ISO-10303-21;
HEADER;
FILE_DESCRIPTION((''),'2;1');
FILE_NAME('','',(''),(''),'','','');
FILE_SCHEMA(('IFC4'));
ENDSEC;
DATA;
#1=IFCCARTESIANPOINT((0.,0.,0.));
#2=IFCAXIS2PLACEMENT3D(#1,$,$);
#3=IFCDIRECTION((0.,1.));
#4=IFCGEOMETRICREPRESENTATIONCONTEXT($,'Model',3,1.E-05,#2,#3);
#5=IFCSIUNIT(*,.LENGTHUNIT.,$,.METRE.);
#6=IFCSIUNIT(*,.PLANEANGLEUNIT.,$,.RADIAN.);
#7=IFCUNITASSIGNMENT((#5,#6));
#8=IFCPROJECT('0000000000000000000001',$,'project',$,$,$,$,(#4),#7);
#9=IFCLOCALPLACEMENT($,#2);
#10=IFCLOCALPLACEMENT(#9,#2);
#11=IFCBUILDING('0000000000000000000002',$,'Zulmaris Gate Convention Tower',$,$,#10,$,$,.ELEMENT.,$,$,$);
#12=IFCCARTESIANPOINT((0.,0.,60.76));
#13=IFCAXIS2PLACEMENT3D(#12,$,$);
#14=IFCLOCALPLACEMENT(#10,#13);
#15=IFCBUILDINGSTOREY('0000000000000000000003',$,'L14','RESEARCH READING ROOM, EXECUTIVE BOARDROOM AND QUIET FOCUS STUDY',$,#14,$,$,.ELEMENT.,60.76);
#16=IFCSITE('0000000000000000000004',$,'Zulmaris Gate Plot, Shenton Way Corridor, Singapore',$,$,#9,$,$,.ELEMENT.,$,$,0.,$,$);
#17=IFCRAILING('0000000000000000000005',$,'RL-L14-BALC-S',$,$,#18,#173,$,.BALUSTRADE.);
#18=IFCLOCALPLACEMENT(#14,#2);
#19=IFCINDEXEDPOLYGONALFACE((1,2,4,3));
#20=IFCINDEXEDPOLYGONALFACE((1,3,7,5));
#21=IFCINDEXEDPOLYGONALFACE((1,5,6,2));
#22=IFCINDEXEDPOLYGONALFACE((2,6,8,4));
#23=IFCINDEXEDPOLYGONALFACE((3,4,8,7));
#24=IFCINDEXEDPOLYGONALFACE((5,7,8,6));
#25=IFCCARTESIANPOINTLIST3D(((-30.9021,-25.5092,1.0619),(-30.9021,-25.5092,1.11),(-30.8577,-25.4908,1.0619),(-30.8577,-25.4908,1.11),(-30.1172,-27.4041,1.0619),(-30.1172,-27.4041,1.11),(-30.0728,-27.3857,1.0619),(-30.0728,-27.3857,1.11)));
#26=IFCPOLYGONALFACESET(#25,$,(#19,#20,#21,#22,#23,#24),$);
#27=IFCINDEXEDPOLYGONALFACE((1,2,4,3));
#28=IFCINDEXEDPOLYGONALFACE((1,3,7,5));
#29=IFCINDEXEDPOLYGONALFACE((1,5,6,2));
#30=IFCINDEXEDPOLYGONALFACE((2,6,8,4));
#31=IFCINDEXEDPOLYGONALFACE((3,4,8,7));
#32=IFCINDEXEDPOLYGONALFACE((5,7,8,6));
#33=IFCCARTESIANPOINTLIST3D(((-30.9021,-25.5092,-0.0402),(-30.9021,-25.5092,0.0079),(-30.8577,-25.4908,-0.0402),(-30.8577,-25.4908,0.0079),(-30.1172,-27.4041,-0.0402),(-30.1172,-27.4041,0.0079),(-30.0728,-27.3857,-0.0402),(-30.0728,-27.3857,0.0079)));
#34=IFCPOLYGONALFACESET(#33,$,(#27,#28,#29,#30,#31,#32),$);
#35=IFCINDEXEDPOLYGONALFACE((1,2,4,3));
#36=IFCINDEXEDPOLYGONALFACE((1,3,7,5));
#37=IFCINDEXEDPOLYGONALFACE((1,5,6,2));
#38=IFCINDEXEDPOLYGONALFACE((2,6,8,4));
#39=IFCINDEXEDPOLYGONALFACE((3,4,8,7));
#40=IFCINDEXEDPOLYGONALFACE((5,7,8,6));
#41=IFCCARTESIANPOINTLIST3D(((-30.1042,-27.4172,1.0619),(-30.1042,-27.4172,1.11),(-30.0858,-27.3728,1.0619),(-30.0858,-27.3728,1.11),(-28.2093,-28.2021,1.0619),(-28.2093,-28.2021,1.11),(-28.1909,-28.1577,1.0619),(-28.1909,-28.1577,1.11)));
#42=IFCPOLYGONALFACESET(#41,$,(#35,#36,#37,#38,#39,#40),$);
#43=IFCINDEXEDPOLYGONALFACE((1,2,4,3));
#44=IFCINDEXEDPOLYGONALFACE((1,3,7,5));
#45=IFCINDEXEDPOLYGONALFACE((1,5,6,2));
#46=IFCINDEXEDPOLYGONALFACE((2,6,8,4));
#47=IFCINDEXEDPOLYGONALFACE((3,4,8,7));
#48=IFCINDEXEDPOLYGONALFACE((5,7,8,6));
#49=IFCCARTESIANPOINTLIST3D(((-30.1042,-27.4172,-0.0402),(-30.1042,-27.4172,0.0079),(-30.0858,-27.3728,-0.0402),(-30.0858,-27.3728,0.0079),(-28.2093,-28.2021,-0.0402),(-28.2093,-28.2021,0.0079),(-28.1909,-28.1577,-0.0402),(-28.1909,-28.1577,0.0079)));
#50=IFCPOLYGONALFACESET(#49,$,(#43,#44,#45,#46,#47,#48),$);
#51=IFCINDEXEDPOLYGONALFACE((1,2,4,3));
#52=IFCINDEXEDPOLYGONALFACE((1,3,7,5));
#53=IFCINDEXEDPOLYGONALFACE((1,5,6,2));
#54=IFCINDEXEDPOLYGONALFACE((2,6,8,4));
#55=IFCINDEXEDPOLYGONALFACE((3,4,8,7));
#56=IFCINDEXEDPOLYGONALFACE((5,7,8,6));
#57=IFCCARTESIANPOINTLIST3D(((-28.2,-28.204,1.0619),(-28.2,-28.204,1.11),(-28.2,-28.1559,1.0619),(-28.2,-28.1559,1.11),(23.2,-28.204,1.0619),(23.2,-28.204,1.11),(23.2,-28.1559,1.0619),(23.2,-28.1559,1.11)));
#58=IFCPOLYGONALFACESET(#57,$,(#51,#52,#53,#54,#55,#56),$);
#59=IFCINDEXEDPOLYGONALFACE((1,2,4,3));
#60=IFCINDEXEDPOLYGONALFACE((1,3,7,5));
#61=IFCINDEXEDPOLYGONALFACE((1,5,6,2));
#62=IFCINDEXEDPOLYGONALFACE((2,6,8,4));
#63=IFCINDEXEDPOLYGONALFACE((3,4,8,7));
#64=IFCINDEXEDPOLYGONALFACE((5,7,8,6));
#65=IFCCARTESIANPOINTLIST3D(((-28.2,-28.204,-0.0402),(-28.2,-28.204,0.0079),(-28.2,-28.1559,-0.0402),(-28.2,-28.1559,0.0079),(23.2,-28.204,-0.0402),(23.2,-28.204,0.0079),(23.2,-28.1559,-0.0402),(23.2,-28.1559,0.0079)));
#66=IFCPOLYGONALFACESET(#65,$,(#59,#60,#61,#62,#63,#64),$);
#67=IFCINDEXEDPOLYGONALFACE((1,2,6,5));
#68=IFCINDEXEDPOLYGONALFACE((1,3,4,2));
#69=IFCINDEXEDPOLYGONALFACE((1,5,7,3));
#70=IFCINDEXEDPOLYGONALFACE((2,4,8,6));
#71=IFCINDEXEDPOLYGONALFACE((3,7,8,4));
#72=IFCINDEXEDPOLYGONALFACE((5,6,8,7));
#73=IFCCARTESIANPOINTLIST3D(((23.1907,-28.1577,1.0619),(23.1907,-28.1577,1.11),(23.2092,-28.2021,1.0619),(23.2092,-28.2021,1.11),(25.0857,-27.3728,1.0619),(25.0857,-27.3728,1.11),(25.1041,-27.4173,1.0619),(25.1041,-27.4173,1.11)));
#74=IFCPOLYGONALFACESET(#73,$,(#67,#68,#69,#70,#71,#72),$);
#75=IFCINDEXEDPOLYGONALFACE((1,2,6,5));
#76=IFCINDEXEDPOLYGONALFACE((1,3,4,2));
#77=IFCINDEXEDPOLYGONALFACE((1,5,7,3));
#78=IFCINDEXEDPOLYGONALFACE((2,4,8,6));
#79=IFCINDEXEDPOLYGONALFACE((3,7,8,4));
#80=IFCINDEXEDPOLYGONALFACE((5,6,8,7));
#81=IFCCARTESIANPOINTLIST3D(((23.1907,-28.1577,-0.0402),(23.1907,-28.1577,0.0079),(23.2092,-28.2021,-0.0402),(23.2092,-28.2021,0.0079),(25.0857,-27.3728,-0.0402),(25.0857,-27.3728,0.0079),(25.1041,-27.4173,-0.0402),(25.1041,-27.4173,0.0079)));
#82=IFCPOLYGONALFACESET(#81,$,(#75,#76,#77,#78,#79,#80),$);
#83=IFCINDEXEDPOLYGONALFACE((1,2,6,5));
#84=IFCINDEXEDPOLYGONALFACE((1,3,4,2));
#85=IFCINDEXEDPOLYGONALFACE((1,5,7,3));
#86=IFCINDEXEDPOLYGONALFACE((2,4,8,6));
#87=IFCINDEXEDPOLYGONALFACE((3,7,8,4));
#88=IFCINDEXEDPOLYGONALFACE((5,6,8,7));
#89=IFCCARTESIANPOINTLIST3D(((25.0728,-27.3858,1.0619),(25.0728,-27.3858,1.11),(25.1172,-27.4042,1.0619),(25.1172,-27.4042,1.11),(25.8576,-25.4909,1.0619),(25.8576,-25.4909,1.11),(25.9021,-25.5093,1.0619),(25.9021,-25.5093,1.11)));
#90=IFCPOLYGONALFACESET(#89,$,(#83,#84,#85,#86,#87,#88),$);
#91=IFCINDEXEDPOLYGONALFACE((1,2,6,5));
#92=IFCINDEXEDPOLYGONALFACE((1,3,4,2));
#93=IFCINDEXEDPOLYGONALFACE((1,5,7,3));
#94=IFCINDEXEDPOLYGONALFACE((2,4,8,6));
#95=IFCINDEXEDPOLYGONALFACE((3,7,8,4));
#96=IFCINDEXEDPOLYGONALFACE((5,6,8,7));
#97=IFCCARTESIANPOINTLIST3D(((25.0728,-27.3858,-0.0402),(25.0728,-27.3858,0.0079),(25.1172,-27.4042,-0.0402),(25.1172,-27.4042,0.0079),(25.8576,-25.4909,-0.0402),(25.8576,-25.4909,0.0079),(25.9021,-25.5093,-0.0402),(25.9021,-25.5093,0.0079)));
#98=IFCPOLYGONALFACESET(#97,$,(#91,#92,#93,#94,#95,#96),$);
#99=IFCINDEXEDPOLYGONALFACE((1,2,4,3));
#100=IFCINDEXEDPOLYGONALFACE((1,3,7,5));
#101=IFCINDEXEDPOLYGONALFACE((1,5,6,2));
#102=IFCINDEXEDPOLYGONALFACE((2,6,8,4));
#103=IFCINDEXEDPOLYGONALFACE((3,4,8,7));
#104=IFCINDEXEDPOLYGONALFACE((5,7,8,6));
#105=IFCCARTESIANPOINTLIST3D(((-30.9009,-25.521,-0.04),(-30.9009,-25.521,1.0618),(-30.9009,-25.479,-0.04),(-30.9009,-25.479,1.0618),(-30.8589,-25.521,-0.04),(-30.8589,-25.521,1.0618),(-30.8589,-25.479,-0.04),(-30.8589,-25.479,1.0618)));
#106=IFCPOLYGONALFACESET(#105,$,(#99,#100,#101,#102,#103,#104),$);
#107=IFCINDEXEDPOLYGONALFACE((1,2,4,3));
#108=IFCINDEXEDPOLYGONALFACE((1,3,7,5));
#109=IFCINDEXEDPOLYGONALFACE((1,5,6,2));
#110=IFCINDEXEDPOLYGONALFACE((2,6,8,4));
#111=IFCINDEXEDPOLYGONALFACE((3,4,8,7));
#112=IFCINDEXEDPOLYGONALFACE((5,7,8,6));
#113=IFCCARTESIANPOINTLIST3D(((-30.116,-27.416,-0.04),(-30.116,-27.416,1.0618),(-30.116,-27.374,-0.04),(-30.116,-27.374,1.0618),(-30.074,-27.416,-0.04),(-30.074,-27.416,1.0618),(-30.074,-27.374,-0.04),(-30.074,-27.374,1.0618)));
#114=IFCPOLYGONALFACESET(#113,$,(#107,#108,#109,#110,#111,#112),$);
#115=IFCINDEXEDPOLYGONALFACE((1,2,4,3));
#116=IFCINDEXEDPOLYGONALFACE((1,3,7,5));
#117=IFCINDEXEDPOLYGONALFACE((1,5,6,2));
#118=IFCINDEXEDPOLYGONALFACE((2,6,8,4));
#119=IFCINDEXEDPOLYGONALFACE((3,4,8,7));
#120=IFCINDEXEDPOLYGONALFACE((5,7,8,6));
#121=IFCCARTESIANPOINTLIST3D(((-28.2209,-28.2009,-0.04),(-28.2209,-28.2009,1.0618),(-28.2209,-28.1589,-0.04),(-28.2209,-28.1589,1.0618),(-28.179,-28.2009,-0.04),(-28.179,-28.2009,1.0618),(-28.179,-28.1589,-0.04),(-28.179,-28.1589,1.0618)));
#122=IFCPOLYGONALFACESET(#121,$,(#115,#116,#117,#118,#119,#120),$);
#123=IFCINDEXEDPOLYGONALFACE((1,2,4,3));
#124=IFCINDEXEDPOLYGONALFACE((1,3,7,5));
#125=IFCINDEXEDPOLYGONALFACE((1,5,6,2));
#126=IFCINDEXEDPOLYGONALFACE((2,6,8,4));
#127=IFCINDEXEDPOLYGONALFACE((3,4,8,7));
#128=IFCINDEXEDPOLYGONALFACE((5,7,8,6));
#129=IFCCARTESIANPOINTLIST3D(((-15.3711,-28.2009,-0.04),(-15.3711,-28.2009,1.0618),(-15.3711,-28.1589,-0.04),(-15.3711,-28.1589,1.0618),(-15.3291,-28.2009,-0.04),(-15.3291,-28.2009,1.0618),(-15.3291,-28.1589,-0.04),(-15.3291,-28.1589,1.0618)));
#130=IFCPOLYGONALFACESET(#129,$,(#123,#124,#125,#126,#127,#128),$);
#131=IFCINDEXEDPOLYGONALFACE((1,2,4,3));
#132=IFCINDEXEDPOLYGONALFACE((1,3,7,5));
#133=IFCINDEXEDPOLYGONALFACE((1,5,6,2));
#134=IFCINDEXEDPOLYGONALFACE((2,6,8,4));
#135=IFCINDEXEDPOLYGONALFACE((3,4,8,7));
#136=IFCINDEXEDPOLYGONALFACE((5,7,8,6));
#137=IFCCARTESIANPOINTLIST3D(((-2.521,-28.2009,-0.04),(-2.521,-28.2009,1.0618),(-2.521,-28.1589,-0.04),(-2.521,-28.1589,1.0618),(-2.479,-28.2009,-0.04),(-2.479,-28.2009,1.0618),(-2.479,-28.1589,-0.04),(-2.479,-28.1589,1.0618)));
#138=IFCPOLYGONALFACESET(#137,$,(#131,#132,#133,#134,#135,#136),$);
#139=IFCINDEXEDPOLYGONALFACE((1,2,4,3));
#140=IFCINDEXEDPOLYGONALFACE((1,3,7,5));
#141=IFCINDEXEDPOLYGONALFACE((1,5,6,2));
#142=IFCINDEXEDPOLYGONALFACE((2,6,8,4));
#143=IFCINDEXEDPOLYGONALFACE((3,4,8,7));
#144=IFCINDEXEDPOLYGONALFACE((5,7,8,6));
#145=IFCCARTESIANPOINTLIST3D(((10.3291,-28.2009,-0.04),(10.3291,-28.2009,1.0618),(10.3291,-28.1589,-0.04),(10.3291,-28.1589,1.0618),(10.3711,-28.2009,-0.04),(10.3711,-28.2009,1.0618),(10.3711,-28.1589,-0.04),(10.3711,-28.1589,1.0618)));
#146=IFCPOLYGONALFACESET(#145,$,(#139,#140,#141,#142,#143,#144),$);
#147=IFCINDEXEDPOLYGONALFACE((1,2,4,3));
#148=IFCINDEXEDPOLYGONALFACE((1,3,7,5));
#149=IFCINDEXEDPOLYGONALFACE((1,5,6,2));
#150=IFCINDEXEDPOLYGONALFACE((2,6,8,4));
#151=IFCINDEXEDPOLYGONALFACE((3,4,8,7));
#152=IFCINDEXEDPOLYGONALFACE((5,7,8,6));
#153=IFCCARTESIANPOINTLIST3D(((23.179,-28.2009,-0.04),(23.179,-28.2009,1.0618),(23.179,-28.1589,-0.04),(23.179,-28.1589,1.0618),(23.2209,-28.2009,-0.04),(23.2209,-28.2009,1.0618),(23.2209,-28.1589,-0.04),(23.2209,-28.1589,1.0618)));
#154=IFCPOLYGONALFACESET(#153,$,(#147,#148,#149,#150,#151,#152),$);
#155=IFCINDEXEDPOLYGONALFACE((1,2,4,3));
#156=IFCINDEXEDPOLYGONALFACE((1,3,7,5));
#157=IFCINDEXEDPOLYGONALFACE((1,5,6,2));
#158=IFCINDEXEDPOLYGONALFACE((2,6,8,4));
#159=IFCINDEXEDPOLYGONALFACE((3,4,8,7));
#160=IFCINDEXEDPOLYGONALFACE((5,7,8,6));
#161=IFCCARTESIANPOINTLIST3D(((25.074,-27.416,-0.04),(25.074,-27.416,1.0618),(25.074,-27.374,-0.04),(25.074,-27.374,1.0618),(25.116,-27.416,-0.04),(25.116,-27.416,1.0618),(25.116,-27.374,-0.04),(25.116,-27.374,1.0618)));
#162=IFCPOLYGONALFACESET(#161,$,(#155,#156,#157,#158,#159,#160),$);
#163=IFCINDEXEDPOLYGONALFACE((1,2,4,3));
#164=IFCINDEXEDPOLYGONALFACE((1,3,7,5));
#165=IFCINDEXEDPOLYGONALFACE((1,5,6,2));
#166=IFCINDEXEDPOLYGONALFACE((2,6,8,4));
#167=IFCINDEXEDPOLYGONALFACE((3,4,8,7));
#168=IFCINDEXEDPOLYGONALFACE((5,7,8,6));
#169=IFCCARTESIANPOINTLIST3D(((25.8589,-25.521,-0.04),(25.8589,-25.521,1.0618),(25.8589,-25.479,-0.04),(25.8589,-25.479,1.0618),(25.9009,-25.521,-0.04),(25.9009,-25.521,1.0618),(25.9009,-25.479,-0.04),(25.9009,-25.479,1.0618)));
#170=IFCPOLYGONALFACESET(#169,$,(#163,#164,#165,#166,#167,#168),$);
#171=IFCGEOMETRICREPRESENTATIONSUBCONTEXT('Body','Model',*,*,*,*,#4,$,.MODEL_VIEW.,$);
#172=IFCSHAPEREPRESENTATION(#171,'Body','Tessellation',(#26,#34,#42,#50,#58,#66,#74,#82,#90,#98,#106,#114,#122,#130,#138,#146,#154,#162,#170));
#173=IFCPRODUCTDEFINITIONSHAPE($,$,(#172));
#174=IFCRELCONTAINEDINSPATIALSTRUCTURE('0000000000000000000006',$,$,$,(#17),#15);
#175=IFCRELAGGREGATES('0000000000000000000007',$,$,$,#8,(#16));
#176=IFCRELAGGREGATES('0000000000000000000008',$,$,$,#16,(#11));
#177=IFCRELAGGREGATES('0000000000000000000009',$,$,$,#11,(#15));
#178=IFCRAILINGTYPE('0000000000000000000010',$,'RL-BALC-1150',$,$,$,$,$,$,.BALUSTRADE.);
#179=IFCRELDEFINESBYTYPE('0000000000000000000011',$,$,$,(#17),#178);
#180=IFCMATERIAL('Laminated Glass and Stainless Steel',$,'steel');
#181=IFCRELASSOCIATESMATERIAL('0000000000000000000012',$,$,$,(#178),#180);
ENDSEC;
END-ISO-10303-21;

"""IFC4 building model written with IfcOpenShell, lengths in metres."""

from ifc_helpers import new_model, si_unit, direction, frame, origin, origin_2d, place, context, subcontext, project, spatial, rectangle, extrude, material, type_object, element, save


model = new_model("IFC4")

# Units and contexts
model_context = context("Model", 3, precision=1e-05, world=origin(), true_north=direction((0.0, 1.0)))
body_context = subcontext(model_context, "Body", "Model", "MODEL_VIEW")
ifc_project = project(units=[si_unit("LENGTHUNIT", "METRE"), si_unit("PLANEANGLEUNIT", "RADIAN")], contexts=[model_context])

# Site, building, storey
site_placement = place(None, origin())
site = spatial("IfcSite", under=ifc_project, at=site_placement, Name="Zulmaris Gate Plot, Shenton Way Corridor, Singapore", CompositionType="ELEMENT", RefElevation=0.0)
building_placement = place(site_placement, origin())
building = spatial("IfcBuilding", under=site, at=building_placement, Name="Zulmaris Gate Convention Tower", CompositionType="ELEMENT")
storey_placement = place(building_placement, frame((0.0, 0.0, 60.76)))
storey = spatial("IfcBuildingStorey", under=building, at=storey_placement, Name="L14", Description="RESEARCH READING ROOM, EXECUTIVE BOARDROOM AND QUIET FOCUS STUDY", CompositionType="ELEMENT", Elevation=60.76)

# Railing
ifc_material_1 = material(Name="Laminated Glass and Stainless Steel", Category="steel")
railing_type = type_object("IfcRailingType", Name="RL-BALC-1150", PredefinedType="BALUSTRADE", material=ifc_material_1)
railing_placement = place(storey_placement, frame((-30.8799, -25.5, -0.04)))
element("IfcRailing", 1, at=railing_placement, inside=storey, type_object=railing_type, Name="RL-L14-BALC-S", PredefinedType="BALUSTRADE", context=body_context, shape_type="SweptSolid", body=[
    extrude(rectangle(XDim=0.0481, YDim=0.0481, at=origin_2d()), frame((0.0, 0.0, 1.126), z_axis=(0.382671, -0.923885, 0.0), x_axis=(0.923885, 0.382671, 0.0)), (0.0, 0.0, 1.0), 2.051),
    extrude(rectangle(XDim=0.0481, YDim=0.0481, at=origin_2d()), frame((0.0, 0.0, 0.0239), z_axis=(0.382671, -0.923885, 0.0), x_axis=(0.923885, 0.382671, 0.0)), (0.0, 0.0, 1.0), 2.051),
    extrude(rectangle(XDim=0.0481, YDim=0.0481, at=origin_2d()), frame((0.7849, -1.895, 1.126), z_axis=(0.923885, -0.382671, 0.0), x_axis=(0.382671, 0.923885, 0.0)), (0.0, 0.0, 1.0), 2.051),
    extrude(rectangle(XDim=0.0481, YDim=0.0481, at=origin_2d()), frame((0.7849, -1.895, 0.0239), z_axis=(0.923885, -0.382671, 0.0), x_axis=(0.382671, 0.923885, 0.0)), (0.0, 0.0, 1.0), 2.051),
    extrude(rectangle(XDim=0.0481, YDim=0.0481, at=origin_2d()), frame((2.6799, -2.6799, 1.126), z_axis=(1.0, 0.0, 0.0), x_axis=(0.0, 1.0, 0.0)), (0.0, 0.0, 1.0), 51.3999),
    extrude(rectangle(XDim=0.0481, YDim=0.0481, at=origin_2d()), frame((2.6799, -2.6799, 0.0239), z_axis=(1.0, 0.0, 0.0), x_axis=(0.0, 1.0, 0.0)), (0.0, 0.0, 1.0), 51.3999),
    extrude(rectangle(XDim=0.0481, YDim=0.0481, at=origin_2d()), frame((54.0798, -2.6799, 1.126), z_axis=(0.923885, 0.382671, 0.0), x_axis=(-0.382671, 0.923885, 0.0)), (0.0, 0.0, 1.0), 2.051),
    extrude(rectangle(XDim=0.0481, YDim=0.0481, at=origin_2d()), frame((54.0798, -2.6799, 0.0239), z_axis=(0.923885, 0.382671, 0.0), x_axis=(-0.382671, 0.923885, 0.0)), (0.0, 0.0, 1.0), 2.051),
    extrude(rectangle(XDim=0.0481, YDim=0.0481, at=origin_2d()), frame((55.9749, -1.895, 1.126), z_axis=(0.382671, 0.923885, 0.0), x_axis=(-0.923885, 0.382671, 0.0)), (0.0, 0.0, 1.0), 2.051),
    extrude(rectangle(XDim=0.0481, YDim=0.0481, at=origin_2d()), frame((55.9749, -1.895, 0.0239), z_axis=(0.382671, 0.923885, 0.0), x_axis=(-0.923885, 0.382671, 0.0)), (0.0, 0.0, 1.0), 2.051),
    extrude(rectangle(XDim=0.042, YDim=0.042, at=origin_2d()), origin(), (0.0, 0.0, 1.0), 1.1018),
    extrude(rectangle(XDim=0.042, YDim=0.042, at=origin_2d()), frame((0.7849, -1.895, 0.0)), (0.0, 0.0, 1.0), 1.1018),
    extrude(rectangle(XDim=0.042, YDim=0.042, at=origin_2d()), frame((2.6799, -2.6799, 0.0)), (0.0, 0.0, 1.0), 1.1018),
    extrude(rectangle(XDim=0.042, YDim=0.042, at=origin_2d()), frame((15.5298, -2.6799, 0.0)), (0.0, 0.0, 1.0), 1.1018),
    extrude(rectangle(XDim=0.042, YDim=0.042, at=origin_2d()), frame((28.3799, -2.6799, 0.0)), (0.0, 0.0, 1.0), 1.1018),
    extrude(rectangle(XDim=0.042, YDim=0.042, at=origin_2d()), frame((41.23, -2.6799, 0.0)), (0.0, 0.0, 1.0), 1.1018),
    extrude(rectangle(XDim=0.042, YDim=0.042, at=origin_2d()), frame((54.0798, -2.6799, 0.0)), (0.0, 0.0, 1.0), 1.1018),
    extrude(rectangle(XDim=0.042, YDim=0.042, at=origin_2d()), frame((55.9749, -1.895, 0.0)), (0.0, 0.0, 1.0), 1.1018),
    extrude(rectangle(XDim=0.042, YDim=0.042, at=origin_2d()), frame((56.7598, 0.0, 0.0)), (0.0, 0.0, 1.0), 1.1018),
])

save(model, "model.ifc")
